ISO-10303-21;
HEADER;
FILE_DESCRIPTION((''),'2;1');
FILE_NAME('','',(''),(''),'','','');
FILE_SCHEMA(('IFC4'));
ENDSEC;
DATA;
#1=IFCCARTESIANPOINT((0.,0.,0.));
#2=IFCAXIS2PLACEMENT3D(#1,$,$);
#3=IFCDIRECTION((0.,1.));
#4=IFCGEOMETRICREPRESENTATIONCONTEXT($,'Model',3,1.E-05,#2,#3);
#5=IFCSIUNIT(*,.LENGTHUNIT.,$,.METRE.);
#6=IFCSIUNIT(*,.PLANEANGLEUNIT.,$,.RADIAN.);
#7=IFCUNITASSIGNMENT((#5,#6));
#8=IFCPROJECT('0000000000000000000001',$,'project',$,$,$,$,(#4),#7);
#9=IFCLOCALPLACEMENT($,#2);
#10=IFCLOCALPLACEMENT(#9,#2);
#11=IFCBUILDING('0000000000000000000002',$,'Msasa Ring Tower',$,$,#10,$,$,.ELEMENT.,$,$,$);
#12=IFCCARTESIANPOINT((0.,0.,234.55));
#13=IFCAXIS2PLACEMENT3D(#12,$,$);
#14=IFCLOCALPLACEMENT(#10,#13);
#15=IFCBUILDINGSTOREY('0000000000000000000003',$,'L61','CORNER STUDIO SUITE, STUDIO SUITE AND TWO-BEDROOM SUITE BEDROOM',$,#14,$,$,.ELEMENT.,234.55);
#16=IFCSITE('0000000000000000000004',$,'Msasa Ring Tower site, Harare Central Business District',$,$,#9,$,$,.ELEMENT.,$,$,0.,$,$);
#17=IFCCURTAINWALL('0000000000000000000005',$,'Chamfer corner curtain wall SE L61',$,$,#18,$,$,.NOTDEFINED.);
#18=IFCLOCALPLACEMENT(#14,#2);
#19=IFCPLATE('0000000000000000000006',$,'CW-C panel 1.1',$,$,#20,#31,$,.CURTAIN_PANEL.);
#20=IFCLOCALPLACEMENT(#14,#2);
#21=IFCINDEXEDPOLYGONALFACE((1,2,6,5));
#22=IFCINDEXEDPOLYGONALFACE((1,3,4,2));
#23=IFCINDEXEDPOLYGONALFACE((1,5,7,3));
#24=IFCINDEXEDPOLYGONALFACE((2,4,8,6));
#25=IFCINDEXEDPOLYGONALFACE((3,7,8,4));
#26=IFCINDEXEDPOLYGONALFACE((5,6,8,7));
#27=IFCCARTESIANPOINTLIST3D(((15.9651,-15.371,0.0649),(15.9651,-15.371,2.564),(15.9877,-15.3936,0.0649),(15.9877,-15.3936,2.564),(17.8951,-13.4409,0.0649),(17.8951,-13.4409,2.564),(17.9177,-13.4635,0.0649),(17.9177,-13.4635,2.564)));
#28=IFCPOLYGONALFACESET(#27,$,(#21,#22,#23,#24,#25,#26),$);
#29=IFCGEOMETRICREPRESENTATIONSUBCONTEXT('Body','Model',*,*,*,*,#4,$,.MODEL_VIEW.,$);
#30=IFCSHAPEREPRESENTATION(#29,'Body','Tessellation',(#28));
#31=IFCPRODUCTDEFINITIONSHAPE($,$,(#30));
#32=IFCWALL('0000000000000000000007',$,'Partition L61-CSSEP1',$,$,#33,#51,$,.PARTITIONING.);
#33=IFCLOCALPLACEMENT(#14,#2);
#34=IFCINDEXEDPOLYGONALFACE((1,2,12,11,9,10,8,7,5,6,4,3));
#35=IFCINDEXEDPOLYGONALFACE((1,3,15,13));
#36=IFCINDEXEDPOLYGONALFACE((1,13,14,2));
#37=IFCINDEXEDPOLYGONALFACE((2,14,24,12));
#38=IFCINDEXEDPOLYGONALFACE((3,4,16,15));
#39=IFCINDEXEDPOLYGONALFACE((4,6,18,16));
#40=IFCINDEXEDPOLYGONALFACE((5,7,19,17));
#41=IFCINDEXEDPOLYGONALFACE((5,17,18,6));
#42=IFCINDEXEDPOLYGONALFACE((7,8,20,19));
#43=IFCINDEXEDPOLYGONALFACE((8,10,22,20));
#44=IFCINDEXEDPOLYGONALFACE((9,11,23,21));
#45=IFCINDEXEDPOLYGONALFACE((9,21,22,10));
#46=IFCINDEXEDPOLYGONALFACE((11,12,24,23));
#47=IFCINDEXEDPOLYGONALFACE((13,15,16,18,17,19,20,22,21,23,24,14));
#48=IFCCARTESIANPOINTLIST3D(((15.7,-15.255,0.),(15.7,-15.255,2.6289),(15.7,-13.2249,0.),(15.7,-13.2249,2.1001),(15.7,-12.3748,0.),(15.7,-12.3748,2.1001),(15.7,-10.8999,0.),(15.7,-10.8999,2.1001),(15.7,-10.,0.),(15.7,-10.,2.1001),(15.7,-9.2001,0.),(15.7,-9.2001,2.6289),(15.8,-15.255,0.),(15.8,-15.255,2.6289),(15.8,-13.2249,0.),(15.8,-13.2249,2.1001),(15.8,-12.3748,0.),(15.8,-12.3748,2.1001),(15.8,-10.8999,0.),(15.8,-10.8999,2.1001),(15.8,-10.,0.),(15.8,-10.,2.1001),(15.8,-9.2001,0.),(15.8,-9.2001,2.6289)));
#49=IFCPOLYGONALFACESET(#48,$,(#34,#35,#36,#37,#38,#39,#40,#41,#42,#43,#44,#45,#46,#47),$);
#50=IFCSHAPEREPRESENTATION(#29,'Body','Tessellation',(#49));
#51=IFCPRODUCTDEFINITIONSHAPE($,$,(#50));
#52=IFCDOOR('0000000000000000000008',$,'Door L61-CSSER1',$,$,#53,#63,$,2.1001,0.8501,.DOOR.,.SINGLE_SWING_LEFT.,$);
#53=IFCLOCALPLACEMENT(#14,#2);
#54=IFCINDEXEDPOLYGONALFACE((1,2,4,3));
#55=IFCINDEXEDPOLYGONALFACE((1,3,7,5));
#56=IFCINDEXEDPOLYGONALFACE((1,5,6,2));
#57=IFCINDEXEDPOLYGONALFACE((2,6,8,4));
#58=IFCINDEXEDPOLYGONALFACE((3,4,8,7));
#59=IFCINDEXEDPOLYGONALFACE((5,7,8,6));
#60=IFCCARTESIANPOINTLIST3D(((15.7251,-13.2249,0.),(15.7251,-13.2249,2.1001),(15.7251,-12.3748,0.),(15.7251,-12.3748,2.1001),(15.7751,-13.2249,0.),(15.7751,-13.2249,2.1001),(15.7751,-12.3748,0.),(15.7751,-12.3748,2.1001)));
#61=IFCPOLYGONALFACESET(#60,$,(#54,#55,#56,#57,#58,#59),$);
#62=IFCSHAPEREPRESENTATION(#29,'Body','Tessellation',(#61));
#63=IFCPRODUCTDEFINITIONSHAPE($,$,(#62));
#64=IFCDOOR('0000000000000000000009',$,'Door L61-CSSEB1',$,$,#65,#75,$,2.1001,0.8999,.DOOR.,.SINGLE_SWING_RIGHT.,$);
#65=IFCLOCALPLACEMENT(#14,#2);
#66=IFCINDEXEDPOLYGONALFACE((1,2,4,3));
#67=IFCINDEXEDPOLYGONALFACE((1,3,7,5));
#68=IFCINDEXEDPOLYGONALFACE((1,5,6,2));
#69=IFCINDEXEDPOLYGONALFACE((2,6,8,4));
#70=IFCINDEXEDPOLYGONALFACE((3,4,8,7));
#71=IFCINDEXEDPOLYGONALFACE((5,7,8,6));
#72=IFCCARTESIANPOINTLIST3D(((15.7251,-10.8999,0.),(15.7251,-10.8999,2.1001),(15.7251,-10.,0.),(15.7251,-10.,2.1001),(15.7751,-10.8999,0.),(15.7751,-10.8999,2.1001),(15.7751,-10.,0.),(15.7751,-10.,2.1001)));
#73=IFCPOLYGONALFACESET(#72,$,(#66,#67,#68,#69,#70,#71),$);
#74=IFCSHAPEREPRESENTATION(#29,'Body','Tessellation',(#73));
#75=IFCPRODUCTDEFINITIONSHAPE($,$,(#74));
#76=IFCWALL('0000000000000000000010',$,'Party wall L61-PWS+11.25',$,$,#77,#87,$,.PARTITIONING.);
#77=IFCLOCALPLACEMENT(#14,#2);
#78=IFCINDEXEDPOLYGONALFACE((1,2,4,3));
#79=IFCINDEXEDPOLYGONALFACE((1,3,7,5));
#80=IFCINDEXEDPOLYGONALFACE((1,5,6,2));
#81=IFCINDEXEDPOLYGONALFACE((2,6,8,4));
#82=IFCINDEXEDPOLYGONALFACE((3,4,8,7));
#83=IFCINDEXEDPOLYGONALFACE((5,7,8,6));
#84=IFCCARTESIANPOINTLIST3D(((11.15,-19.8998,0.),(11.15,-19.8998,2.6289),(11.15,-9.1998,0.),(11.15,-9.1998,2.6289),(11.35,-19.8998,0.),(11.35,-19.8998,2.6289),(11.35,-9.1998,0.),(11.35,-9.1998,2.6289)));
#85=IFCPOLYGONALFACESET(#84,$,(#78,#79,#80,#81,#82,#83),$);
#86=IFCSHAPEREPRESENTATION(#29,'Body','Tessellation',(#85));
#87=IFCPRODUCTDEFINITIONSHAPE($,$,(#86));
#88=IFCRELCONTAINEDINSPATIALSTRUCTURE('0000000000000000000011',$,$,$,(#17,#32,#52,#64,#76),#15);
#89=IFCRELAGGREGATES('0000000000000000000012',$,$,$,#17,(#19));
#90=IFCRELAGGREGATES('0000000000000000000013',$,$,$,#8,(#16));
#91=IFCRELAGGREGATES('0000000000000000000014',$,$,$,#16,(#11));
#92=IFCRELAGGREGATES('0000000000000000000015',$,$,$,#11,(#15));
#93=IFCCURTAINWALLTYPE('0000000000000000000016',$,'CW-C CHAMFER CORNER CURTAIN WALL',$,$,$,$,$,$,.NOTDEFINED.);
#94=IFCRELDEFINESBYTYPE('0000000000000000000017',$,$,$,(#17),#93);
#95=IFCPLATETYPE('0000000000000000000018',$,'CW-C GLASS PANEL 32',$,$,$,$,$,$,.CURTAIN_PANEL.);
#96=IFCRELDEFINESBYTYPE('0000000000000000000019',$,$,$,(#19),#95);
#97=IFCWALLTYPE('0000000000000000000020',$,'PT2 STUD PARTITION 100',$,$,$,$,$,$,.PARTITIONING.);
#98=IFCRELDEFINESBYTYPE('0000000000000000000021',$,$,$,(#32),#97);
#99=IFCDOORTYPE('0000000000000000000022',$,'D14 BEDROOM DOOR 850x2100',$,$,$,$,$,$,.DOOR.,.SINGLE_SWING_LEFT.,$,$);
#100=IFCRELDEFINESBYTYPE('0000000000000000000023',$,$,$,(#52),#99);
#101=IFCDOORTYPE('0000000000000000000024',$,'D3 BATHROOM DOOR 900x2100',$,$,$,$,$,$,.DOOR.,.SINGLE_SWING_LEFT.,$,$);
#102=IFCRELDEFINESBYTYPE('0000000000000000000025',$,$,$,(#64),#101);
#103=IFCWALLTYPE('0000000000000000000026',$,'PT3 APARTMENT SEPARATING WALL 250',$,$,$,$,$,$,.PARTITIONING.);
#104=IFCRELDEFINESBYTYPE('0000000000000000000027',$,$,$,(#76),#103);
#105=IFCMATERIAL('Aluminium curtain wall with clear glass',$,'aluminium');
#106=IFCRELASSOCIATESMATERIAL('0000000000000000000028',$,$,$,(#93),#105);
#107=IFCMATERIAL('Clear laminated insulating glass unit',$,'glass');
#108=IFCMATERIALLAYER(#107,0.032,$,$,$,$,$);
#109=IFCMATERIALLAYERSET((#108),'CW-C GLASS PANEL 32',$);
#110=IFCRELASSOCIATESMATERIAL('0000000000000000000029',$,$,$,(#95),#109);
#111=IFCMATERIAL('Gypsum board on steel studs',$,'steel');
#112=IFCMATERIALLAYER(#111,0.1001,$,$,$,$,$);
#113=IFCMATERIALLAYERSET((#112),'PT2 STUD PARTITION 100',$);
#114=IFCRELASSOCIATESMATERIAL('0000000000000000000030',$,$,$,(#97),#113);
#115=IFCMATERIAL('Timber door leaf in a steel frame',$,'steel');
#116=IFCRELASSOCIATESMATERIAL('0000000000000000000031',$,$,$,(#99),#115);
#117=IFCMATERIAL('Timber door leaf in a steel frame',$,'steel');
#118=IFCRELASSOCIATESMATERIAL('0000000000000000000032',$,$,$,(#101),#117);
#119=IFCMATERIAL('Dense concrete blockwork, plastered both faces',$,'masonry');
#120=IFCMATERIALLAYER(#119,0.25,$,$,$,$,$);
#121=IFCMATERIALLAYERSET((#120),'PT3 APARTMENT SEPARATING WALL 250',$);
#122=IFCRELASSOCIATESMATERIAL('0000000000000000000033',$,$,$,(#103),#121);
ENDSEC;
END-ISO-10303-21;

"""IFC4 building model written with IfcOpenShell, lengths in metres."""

from ifc_helpers import new_model, si_unit, direction, frame, frame_2d, origin, origin_2d, place, context, subcontext, project, spatial, rectangle, extrude, material, layer, layer_set, type_object, element, fill, aggregate, save


model = new_model("IFC4")

# Units and contexts
model_context = context("Model", 3, precision=1e-05, world=origin(), true_north=direction((0.0, 1.0)))
body_context = subcontext(model_context, "Body", "Model", "MODEL_VIEW")
ifc_project = project(units=[si_unit("LENGTHUNIT", "METRE"), si_unit("PLANEANGLEUNIT", "RADIAN")], contexts=[model_context])

# Site, building, storey
site_placement = place(None, origin())
site = spatial("IfcSite", under=ifc_project, at=site_placement, Name="Msasa Ring Tower site, Harare Central Business District", CompositionType="ELEMENT", RefElevation=0.0)
building_placement = place(site_placement, origin())
building = spatial("IfcBuilding", under=site, at=building_placement, Name="Msasa Ring Tower", CompositionType="ELEMENT")
storey_placement = place(building_placement, frame((0.0, 0.0, 234.55)))
storey = spatial("IfcBuildingStorey", under=building, at=storey_placement, Name="L61", Description="CORNER STUDIO SUITE, STUDIO SUITE AND TWO-BEDROOM SUITE BEDROOM", CompositionType="ELEMENT", Elevation=234.55)

# Curtain wall
ifc_material_1 = material(Name="Aluminium curtain wall with clear glass", Category="aluminium")
curtain_wall_type = type_object("IfcCurtainWallType", Name="CW-C CHAMFER CORNER CURTAIN WALL", PredefinedType="NOTDEFINED", material=ifc_material_1)
curtain_wall_1_placement = place(storey_placement, origin())
curtain_wall_1 = element("IfcCurtainWall", 1, at=curtain_wall_1_placement, inside=storey, type_object=curtain_wall_type, Name="Chamfer corner curtain wall SE L61", PredefinedType="NOTDEFINED")

# Plate
ifc_material_2 = material(Name="Clear laminated insulating glass unit", Category="glass")
ifc_layer_1 = layer(ifc_material_2, 0.032)
ifc_layer_set_1 = layer_set([ifc_layer_1], Name="CW-C GLASS PANEL 32")
plate_type = type_object("IfcPlateType", Name="CW-C GLASS PANEL 32", PredefinedType="CURTAIN_PANEL", material=ifc_layer_set_1)
plate_1_placement = place(storey_placement, frame((16.9414, -14.4172, 0.0649), z_axis=(0.0, 0.0, 1.0), x_axis=(0.707107, 0.707107, 0.0)))
plate_1 = element("IfcPlate", 2, at=plate_1_placement, type_object=plate_type, Name="CW-C panel 1.1", PredefinedType="CURTAIN_PANEL", context=body_context, shape_type="SweptSolid", body=[
    extrude(rectangle(XDim=2.7295, YDim=0.032, at=origin_2d()), origin(), (0.0, 0.0, 1.0), 2.499),
])
aggregate(curtain_wall_1, [plate_1])

# Wall, openings, doors
ifc_material_3 = material(Name="Gypsum board on steel studs", Category="steel")
ifc_layer_2 = layer(ifc_material_3, 0.1001)
ifc_layer_set_2 = layer_set([ifc_layer_2], Name="PT2 STUD PARTITION 100")
wall_type_1 = type_object("IfcWallType", Name="PT2 STUD PARTITION 100", PredefinedType="PARTITIONING", material=ifc_layer_set_2)
wall_1_placement = place(storey_placement, frame((15.75, -15.2549, 0.0), z_axis=(0.0, 0.0, 1.0), x_axis=(0.0, 1.0, 0.0)))
wall_1 = element("IfcWall", 3, at=wall_1_placement, inside=storey, type_object=wall_type_1, Name="Partition L61-CSSEP1", PredefinedType="PARTITIONING", context=body_context, shape_type="SweptSolid", body=[
    extrude(rectangle(XDim=6.0549, YDim=0.1001, at=frame_2d((3.0273, 0.0))), origin(), (0.0, 0.0, 1.0), 2.6289),
])
opening_1_placement = place(wall_1_placement, frame((2.03, 0.0, 0.0)))
opening_1 = element("IfcOpeningElement", 4, at=opening_1_placement, cuts=wall_1, PredefinedType="OPENING", context=body_context, shape_type="SweptSolid", body=[
    extrude(rectangle(XDim=0.8501, YDim=2.1001, at=frame_2d((0.425, 1.05))), frame((0.0, 0.0601, 0.0), z_axis=(0.0, -1.0, 0.0), x_axis=(1.0, 0.0, 0.0)), (0.0, 0.0, 1.0), 0.1201),
])
opening_2_placement = place(wall_1_placement, frame((4.355, 0.0, 0.0)))
opening_2 = element("IfcOpeningElement", 5, at=opening_2_placement, cuts=wall_1, PredefinedType="OPENING", context=body_context, shape_type="SweptSolid", body=[
    extrude(rectangle(XDim=0.8999, YDim=2.1001, at=frame_2d((0.45, 1.05))), frame((0.0, 0.0601, 0.0), z_axis=(0.0, -1.0, 0.0), x_axis=(1.0, 0.0, 0.0)), (0.0, 0.0, 1.0), 0.1201),
])
ifc_material_4 = material(Name="Timber door leaf in a steel frame", Category="steel")
door_type_1 = type_object("IfcDoorType", Name="D14 BEDROOM DOOR 850x2100", OperationType="SINGLE_SWING_LEFT", PredefinedType="DOOR", material=ifc_material_4)
door_1_placement = place(opening_1_placement, origin())
door_1 = element("IfcDoor", 6, at=door_1_placement, inside=storey, type_object=door_type_1, Name="Door L61-CSSER1", OperationType="SINGLE_SWING_LEFT", OverallHeight=2.1001, OverallWidth=0.8501, PredefinedType="DOOR", context=body_context, shape_type="SweptSolid", body=[
    extrude(rectangle(XDim=0.8501, YDim=2.1001, at=frame_2d((0.425, 1.05))), frame((0.0, 0.0249, 0.0), z_axis=(0.0, -1.0, 0.0), x_axis=(1.0, 0.0, 0.0)), (0.0, 0.0, 1.0), 0.05),
])
fill(opening_1, door_1)
ifc_material_5 = material(Name="Timber door leaf in a steel frame", Category="steel")
door_type_2 = type_object("IfcDoorType", Name="D3 BATHROOM DOOR 900x2100", OperationType="SINGLE_SWING_LEFT", PredefinedType="DOOR", material=ifc_material_5)
door_2_placement = place(opening_2_placement, origin())
door_2 = element("IfcDoor", 7, at=door_2_placement, inside=storey, type_object=door_type_2, Name="Door L61-CSSEB1", OperationType="SINGLE_SWING_RIGHT", OverallHeight=2.1001, OverallWidth=0.8999, PredefinedType="DOOR", context=body_context, shape_type="SweptSolid", body=[
    extrude(rectangle(XDim=0.8999, YDim=2.1001, at=frame_2d((0.45, 1.05))), frame((0.0, 0.0249, 0.0), z_axis=(0.0, -1.0, 0.0), x_axis=(1.0, 0.0, 0.0)), (0.0, 0.0, 1.0), 0.05),
])
fill(opening_2, door_2)

# Wall
ifc_material_6 = material(Name="Dense concrete blockwork, plastered both faces", Category="masonry")
ifc_layer_3 = layer(ifc_material_6, 0.25)
ifc_layer_set_3 = layer_set([ifc_layer_3], Name="PT3 APARTMENT SEPARATING WALL 250")
wall_type_2 = type_object("IfcWallType", Name="PT3 APARTMENT SEPARATING WALL 250", PredefinedType="PARTITIONING", material=ifc_layer_set_3)
wall_2_placement = place(storey_placement, frame((11.25, -19.8999, 0.0), z_axis=(0.0, 0.0, 1.0), x_axis=(0.0, 1.0, 0.0)))
element("IfcWall", 8, at=wall_2_placement, inside=storey, type_object=wall_type_2, Name="Party wall L61-PWS+11.25", PredefinedType="PARTITIONING", context=body_context, shape_type="SweptSolid", body=[
    extrude(rectangle(XDim=10.7, YDim=0.2, at=frame_2d((5.3501, 0.0))), origin(), (0.0, 0.0, 1.0), 2.6289),
])

save(model, "model.ifc")
